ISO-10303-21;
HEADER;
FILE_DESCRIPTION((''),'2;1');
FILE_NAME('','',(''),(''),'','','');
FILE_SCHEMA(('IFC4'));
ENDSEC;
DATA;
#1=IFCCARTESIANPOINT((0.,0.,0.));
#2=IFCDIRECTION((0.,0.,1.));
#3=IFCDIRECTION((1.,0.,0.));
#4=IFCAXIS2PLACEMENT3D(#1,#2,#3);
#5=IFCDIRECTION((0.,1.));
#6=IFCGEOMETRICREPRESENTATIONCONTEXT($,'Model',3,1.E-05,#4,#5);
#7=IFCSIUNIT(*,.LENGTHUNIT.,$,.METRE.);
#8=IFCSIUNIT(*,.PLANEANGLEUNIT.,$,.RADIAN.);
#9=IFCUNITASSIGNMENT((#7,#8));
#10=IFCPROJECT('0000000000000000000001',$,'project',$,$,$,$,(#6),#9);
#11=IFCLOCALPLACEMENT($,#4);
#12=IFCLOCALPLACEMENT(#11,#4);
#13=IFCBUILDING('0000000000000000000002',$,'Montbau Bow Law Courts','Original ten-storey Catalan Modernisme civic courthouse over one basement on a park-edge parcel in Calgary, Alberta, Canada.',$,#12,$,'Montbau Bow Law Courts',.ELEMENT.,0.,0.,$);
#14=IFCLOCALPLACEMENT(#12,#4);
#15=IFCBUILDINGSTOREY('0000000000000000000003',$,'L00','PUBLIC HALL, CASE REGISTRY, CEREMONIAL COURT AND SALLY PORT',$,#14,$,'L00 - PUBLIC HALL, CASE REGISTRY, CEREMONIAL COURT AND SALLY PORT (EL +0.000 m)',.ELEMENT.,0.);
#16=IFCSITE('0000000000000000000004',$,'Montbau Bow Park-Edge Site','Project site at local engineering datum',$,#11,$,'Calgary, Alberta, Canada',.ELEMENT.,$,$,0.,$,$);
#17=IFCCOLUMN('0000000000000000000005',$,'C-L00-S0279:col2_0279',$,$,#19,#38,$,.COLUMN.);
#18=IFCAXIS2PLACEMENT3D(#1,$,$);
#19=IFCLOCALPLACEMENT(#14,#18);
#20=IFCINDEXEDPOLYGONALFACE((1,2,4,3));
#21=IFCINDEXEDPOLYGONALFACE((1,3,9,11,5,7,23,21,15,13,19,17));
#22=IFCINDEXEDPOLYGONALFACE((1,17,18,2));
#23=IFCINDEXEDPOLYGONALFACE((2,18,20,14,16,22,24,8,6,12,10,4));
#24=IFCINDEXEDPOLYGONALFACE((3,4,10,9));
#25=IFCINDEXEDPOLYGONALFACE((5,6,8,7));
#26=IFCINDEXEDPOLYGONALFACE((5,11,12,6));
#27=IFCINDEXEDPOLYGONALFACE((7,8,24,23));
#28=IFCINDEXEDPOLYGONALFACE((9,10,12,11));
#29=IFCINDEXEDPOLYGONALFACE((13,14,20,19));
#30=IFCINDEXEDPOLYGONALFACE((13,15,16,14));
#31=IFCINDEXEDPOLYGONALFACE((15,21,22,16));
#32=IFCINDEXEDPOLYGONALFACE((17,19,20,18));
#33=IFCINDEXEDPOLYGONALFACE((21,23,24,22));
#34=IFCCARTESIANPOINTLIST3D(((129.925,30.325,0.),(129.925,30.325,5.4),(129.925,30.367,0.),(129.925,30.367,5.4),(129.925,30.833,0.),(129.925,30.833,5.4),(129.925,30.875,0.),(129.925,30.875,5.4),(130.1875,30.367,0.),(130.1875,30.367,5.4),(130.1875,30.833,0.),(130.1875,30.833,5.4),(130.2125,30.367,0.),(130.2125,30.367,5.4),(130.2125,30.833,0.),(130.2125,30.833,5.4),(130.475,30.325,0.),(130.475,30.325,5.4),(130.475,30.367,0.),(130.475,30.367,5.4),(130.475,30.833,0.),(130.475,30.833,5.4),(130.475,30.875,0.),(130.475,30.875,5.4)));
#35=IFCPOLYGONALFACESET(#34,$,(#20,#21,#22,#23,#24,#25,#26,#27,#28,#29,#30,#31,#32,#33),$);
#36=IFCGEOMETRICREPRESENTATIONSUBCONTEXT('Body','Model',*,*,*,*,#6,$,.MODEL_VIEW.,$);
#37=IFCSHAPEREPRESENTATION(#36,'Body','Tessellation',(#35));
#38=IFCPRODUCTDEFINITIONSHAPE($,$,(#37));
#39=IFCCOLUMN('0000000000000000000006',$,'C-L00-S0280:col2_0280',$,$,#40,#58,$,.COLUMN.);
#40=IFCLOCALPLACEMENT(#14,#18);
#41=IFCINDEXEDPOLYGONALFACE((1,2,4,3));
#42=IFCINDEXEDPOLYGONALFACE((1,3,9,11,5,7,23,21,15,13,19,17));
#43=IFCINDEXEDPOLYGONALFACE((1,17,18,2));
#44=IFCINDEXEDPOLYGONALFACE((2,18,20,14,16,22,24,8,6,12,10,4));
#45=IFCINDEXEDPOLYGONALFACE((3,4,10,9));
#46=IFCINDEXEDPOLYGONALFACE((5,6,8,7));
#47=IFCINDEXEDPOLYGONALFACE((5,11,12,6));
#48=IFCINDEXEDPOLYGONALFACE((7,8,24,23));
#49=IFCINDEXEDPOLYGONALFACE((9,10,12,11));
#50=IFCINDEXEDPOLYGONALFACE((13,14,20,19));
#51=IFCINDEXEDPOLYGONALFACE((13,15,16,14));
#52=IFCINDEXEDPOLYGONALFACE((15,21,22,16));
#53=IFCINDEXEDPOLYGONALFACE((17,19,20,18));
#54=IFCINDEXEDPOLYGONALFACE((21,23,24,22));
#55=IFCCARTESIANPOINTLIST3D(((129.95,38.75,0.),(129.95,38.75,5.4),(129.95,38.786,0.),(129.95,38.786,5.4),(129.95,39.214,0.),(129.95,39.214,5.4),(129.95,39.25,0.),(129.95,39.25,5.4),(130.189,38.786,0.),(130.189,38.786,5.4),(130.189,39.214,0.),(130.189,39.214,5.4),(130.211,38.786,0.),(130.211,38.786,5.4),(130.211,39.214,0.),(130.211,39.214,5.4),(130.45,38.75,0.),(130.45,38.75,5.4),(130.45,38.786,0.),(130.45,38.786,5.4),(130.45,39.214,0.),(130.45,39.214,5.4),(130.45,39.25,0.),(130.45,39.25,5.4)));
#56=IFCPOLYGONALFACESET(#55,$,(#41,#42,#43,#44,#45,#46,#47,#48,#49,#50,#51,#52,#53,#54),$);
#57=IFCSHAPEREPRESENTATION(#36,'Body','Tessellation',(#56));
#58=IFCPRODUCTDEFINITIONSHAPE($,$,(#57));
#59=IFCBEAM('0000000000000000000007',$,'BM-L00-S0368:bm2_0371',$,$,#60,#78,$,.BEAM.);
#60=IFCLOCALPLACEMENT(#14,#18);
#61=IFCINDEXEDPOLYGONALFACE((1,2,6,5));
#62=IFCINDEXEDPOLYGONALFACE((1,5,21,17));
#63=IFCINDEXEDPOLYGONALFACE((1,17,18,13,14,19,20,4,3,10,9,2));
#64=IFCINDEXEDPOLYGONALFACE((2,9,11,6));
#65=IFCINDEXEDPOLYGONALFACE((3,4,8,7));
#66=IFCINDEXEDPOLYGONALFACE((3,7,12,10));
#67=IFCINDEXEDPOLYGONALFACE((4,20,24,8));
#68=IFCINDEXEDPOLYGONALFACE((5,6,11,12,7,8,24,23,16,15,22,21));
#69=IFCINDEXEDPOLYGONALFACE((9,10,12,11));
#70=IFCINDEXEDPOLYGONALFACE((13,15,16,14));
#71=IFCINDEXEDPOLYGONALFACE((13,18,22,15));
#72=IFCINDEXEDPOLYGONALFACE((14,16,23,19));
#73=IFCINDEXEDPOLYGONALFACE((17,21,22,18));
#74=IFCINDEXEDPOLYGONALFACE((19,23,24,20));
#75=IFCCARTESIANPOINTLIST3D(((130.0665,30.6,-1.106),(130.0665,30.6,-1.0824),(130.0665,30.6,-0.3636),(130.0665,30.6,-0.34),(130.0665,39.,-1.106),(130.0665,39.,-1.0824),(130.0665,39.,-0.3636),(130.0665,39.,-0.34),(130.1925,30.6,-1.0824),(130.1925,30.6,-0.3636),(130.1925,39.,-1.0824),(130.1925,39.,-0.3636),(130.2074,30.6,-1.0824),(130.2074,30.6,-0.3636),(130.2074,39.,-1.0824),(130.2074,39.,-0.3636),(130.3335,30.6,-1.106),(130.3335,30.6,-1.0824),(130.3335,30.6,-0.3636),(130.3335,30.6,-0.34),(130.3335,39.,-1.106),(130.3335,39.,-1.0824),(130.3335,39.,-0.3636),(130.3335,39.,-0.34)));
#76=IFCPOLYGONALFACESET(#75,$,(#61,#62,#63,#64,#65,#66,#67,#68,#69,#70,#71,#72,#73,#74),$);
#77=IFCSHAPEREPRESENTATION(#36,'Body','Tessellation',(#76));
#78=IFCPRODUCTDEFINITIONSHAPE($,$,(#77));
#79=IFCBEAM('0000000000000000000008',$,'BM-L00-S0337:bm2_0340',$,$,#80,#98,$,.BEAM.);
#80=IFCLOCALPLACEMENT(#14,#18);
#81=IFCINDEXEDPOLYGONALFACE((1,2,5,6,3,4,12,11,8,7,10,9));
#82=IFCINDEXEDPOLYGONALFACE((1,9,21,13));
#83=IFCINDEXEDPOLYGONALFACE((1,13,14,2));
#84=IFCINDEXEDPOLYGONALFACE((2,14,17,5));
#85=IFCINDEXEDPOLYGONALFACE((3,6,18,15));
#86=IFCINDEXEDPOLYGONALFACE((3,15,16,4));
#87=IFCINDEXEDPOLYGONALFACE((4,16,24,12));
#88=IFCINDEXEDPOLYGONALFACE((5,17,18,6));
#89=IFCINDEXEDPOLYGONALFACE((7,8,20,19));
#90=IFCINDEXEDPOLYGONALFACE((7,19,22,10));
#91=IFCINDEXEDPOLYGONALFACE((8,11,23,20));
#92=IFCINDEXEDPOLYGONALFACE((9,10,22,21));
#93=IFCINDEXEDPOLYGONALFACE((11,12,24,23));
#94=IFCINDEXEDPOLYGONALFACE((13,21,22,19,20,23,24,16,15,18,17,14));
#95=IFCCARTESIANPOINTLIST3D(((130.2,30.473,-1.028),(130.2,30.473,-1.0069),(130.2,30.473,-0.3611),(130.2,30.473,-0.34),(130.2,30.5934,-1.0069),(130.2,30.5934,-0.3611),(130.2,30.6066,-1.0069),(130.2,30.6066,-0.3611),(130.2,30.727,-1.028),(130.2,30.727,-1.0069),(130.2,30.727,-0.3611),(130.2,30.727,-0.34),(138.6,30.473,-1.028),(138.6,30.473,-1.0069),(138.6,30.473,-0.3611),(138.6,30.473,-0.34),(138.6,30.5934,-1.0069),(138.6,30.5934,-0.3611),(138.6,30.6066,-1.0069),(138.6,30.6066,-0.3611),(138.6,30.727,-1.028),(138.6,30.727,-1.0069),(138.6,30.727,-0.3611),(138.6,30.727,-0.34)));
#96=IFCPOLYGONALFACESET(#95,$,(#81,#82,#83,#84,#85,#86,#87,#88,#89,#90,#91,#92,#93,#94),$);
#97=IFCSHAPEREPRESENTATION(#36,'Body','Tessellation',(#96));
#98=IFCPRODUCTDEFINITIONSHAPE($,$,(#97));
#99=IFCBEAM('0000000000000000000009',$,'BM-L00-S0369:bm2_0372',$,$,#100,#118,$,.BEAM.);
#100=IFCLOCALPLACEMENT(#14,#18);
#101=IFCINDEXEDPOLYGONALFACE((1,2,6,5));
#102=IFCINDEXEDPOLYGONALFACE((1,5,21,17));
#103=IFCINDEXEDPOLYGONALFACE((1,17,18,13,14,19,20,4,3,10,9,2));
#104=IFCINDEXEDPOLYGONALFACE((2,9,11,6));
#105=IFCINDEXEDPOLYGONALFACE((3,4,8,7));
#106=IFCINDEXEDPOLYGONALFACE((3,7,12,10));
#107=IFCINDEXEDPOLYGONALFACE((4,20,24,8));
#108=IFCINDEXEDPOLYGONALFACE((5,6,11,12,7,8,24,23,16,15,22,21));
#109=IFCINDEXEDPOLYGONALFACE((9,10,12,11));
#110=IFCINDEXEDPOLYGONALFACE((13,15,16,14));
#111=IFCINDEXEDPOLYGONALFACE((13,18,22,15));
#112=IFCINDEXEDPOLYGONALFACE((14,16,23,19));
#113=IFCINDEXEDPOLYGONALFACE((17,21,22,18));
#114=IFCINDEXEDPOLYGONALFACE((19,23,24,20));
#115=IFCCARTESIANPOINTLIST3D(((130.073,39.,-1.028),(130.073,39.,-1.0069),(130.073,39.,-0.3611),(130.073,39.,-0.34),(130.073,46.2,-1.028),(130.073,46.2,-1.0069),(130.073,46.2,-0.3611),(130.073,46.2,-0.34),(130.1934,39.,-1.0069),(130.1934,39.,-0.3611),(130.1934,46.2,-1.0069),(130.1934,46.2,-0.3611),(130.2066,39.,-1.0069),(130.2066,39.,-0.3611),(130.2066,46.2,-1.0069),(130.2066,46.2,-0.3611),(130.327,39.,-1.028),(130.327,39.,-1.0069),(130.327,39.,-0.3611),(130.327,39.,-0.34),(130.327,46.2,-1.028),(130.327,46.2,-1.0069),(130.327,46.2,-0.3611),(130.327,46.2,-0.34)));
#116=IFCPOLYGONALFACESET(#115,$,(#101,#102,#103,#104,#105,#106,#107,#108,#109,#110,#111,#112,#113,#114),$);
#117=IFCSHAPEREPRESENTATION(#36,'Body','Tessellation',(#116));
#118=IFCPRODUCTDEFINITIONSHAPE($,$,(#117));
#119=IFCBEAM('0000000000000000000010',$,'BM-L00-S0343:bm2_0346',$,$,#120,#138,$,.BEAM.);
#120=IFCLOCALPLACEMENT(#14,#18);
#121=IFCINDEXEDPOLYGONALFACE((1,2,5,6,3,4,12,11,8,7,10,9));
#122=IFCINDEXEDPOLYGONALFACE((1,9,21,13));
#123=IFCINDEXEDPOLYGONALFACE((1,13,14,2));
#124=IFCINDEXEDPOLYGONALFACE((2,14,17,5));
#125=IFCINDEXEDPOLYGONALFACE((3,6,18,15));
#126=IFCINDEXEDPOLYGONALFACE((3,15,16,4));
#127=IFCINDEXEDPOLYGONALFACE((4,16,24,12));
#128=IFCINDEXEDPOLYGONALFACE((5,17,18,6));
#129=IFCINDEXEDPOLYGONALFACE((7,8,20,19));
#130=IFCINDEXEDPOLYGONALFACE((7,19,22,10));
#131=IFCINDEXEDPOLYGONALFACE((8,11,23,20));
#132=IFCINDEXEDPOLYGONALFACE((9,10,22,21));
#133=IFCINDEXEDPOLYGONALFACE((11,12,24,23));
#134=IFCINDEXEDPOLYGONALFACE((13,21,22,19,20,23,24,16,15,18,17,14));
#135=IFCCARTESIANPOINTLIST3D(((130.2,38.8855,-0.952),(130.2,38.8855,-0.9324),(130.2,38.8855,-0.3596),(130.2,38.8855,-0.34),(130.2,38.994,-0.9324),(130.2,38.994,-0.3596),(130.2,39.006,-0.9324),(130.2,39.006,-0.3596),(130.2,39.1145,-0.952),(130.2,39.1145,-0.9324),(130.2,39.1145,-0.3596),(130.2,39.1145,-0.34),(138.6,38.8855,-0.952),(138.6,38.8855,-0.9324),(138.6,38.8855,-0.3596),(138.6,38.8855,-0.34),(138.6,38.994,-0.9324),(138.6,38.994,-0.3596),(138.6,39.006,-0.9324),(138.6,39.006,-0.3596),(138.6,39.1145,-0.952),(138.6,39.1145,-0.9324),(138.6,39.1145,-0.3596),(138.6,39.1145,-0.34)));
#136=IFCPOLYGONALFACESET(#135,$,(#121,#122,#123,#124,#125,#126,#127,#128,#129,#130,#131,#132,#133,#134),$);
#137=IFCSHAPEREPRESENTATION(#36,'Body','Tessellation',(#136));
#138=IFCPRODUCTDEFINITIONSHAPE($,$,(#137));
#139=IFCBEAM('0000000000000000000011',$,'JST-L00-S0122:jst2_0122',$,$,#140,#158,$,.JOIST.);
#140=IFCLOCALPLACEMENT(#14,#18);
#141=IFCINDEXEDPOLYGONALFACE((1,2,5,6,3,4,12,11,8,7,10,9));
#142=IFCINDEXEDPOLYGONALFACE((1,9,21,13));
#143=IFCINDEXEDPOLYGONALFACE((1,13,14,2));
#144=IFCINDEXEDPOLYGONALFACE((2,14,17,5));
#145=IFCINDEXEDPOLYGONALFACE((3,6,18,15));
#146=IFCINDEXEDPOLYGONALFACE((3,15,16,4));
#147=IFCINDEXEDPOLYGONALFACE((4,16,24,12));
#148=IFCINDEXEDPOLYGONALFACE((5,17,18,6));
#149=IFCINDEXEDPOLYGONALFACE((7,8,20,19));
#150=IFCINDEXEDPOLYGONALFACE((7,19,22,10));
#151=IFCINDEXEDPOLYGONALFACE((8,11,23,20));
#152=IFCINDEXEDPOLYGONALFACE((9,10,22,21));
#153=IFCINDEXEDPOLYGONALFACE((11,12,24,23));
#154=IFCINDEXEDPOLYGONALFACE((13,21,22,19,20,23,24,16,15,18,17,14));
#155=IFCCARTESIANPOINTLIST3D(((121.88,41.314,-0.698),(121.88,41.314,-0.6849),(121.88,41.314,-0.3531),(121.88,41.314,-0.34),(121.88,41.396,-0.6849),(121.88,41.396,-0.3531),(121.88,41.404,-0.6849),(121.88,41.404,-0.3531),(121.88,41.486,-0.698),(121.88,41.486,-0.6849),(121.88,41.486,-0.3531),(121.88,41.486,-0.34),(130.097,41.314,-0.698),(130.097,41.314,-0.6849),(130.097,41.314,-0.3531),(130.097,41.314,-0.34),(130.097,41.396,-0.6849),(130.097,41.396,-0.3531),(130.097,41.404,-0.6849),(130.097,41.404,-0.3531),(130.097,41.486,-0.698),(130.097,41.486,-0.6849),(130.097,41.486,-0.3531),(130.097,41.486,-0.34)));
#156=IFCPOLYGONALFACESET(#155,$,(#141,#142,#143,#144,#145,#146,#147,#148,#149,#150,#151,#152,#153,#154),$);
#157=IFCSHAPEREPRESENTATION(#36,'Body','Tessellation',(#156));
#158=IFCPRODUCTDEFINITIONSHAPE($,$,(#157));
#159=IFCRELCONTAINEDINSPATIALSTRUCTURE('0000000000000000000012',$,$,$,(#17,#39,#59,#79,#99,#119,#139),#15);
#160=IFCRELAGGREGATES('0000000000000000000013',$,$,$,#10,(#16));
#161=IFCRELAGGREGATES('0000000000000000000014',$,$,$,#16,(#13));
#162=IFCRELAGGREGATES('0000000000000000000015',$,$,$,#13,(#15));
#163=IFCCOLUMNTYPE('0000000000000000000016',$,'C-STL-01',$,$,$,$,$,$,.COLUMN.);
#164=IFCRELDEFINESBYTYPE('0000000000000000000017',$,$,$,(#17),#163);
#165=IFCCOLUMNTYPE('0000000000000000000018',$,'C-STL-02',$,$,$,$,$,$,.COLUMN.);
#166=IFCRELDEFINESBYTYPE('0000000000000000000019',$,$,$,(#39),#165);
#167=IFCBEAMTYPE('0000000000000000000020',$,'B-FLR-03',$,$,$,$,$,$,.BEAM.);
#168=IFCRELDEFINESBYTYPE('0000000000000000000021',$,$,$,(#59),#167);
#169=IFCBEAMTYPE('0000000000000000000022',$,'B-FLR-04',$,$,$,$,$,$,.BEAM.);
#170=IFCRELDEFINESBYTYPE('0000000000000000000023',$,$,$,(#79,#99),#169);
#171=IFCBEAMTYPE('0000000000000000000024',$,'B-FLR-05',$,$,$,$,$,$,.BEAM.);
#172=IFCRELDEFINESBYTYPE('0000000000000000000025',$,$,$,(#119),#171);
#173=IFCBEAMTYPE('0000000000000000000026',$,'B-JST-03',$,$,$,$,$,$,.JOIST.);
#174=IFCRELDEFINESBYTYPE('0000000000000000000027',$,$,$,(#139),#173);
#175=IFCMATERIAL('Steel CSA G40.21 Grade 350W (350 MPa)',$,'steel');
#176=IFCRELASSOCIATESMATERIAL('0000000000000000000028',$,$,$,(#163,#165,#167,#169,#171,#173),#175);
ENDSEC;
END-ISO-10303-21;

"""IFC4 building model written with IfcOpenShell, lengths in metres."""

from ifc_helpers import new_model, si_unit, direction, frame, origin_with_axes, origin_2d_with_axis, place, context, subcontext, project, spatial, i_section, extrude, material, material_profile, profile_set, type_object, element, save


model = new_model("IFC4")

# Units and contexts
model_context = context("Model", 3, precision=1e-05, world=origin_with_axes(), true_north=direction((0.0, 1.0)))
body_context = subcontext(model_context, "Body", "Model", "MODEL_VIEW")
ifc_project = project(units=[si_unit("LENGTHUNIT", "METRE"), si_unit("PLANEANGLEUNIT", "RADIAN")], contexts=[model_context])

# Site, building, storey
site_placement = place(None, origin_with_axes())
site = spatial("IfcSite", under=ifc_project, at=site_placement, Name="Montbau Bow Park-Edge Site", Description="Project site at local engineering datum", LongName="Calgary, Alberta, Canada", CompositionType="ELEMENT", RefElevation=0.0)
building_placement = place(site_placement, origin_with_axes())
building = spatial("IfcBuilding", under=site, at=building_placement, Name="Montbau Bow Law Courts", Description="Original ten-storey Catalan Modernisme civic courthouse over one basement on a park-edge parcel in Calgary, Alberta, Canada.", LongName="Montbau Bow Law Courts", CompositionType="ELEMENT", ElevationOfRefHeight=0.0, ElevationOfTerrain=0.0)
storey_placement = place(building_placement, origin_with_axes())
storey = spatial("IfcBuildingStorey", under=building, at=storey_placement, Name="L00", Description="PUBLIC HALL, CASE REGISTRY, CEREMONIAL COURT AND SALLY PORT", LongName="L00 - PUBLIC HALL, CASE REGISTRY, CEREMONIAL COURT AND SALLY PORT (EL +0.000 m)", CompositionType="ELEMENT", Elevation=0.0)

# Columns
ifc_material_1 = material(Name="Steel CSA G40.21 Grade 350W (350 MPa)", Category="steel")
ifc_material_profile_1 = material_profile(ifc_material_1, i_section(OverallWidth=0.55, OverallDepth=0.55, WebThickness=0.025, FlangeThickness=0.042, at=origin_2d_with_axis()), Name="WWF550X420", Category="Main", Priority=0)
ifc_profile_set_1 = profile_set([ifc_material_profile_1], Name="Steel CSA G40.21 Grade 350W (350 MPa)")
column_type_1 = type_object("IfcColumnType", Name="C-STL-01", PredefinedType="COLUMN", material=ifc_profile_set_1)
column_1_placement = place(None, frame((130.2, 30.6, 0.0), z_axis=(0.0, 0.0, 1.0), x_axis=(1.0, 0.0, 0.0)))
element("IfcColumn", 1, at=column_1_placement, inside=storey, type_object=column_type_1, Name="C-L00-S0279:col2_0279", PredefinedType="COLUMN", context=body_context, shape_type="SweptSolid", body=[
    extrude(i_section(OverallWidth=0.55, OverallDepth=0.55, WebThickness=0.025, FlangeThickness=0.042, at=origin_2d_with_axis()), origin_with_axes(), (0.0, 0.0, 1.0), 5.4),
])
ifc_material_profile_2 = material_profile(ifc_material_1, i_section(OverallWidth=0.5, OverallDepth=0.5, WebThickness=0.022, FlangeThickness=0.036, at=origin_2d_with_axis()), Name="WWF500X343", Category="Main", Priority=0)
ifc_profile_set_2 = profile_set([ifc_material_profile_2], Name="Steel CSA G40.21 Grade 350W (350 MPa)")
column_type_2 = type_object("IfcColumnType", Name="C-STL-02", PredefinedType="COLUMN", material=ifc_profile_set_2)
column_2_placement = place(None, frame((130.2, 39.0, 0.0), z_axis=(0.0, 0.0, 1.0), x_axis=(1.0, 0.0, 0.0)))
element("IfcColumn", 2, at=column_2_placement, inside=storey, type_object=column_type_2, Name="C-L00-S0280:col2_0280", PredefinedType="COLUMN", context=body_context, shape_type="SweptSolid", body=[
    extrude(i_section(OverallWidth=0.5, OverallDepth=0.5, WebThickness=0.022, FlangeThickness=0.036, at=origin_2d_with_axis()), origin_with_axes(), (0.0, 0.0, 1.0), 5.4),
])

# Beams
ifc_material_profile_3 = material_profile(ifc_material_1, i_section(OverallWidth=0.267, OverallDepth=0.766, WebThickness=0.0149, FlangeThickness=0.0236, at=origin_2d_with_axis()), Name="W760X185", Category="Main", Priority=0)
ifc_profile_set_3 = profile_set([ifc_material_profile_3], Name="Steel CSA G40.21 Grade 350W (350 MPa)")
beam_type_1 = type_object("IfcBeamType", Name="B-FLR-03", PredefinedType="BEAM", material=ifc_profile_set_3)
beam_1_placement = place(None, frame((130.2, 30.6, -0.723), z_axis=(0.0, 1.0, 0.0), x_axis=(-1.0, 0.0, 0.0)))
element("IfcBeam", 3, at=beam_1_placement, inside=storey, type_object=beam_type_1, Name="BM-L00-S0368:bm2_0371", PredefinedType="BEAM", context=body_context, shape_type="SweptSolid", body=[
    extrude(i_section(OverallWidth=0.267, OverallDepth=0.766, WebThickness=0.0149, FlangeThickness=0.0236, at=origin_2d_with_axis()), origin_with_axes(), (0.0, 0.0, 1.0), 8.4),
])
ifc_material_profile_4 = material_profile(ifc_material_1, i_section(OverallWidth=0.254, OverallDepth=0.688, WebThickness=0.0131, FlangeThickness=0.0211, at=origin_2d_with_axis()), Name="W690X152", Category="Main", Priority=0)
ifc_profile_set_4 = profile_set([ifc_material_profile_4], Name="Steel CSA G40.21 Grade 350W (350 MPa)")
beam_type_2 = type_object("IfcBeamType", Name="B-FLR-04", PredefinedType="BEAM", material=ifc_profile_set_4)
beam_2_placement = place(None, frame((130.2, 30.6, -0.684), z_axis=(1.0, 0.0, 0.0), x_axis=(0.0, 1.0, 0.0)))
element("IfcBeam", 4, at=beam_2_placement, inside=storey, type_object=beam_type_2, Name="BM-L00-S0337:bm2_0340", PredefinedType="BEAM", context=body_context, shape_type="SweptSolid", body=[
    extrude(i_section(OverallWidth=0.254, OverallDepth=0.688, WebThickness=0.0131, FlangeThickness=0.0211, at=origin_2d_with_axis()), origin_with_axes(), (0.0, 0.0, 1.0), 8.4),
])
beam_3_placement = place(None, frame((130.2, 39.0, -0.684), z_axis=(0.0, 1.0, 0.0), x_axis=(-1.0, 0.0, 0.0)))
element("IfcBeam", 5, at=beam_3_placement, inside=storey, type_object=beam_type_2, Name="BM-L00-S0369:bm2_0372", PredefinedType="BEAM", context=body_context, shape_type="SweptSolid", body=[
    extrude(i_section(OverallWidth=0.254, OverallDepth=0.688, WebThickness=0.0131, FlangeThickness=0.0211, at=origin_2d_with_axis()), origin_with_axes(), (0.0, 0.0, 1.0), 7.2),
])
ifc_material_profile_5 = material_profile(ifc_material_1, i_section(OverallWidth=0.229, OverallDepth=0.612, WebThickness=0.0119, FlangeThickness=0.0196, at=origin_2d_with_axis()), Name="W610X125", Category="Main", Priority=0)
ifc_profile_set_5 = profile_set([ifc_material_profile_5], Name="Steel CSA G40.21 Grade 350W (350 MPa)")
beam_type_3 = type_object("IfcBeamType", Name="B-FLR-05", PredefinedType="BEAM", material=ifc_profile_set_5)
beam_4_placement = place(None, frame((130.2, 39.0, -0.646), z_axis=(1.0, 0.0, 0.0), x_axis=(0.0, 1.0, 0.0)))
element("IfcBeam", 6, at=beam_4_placement, inside=storey, type_object=beam_type_3, Name="BM-L00-S0343:bm2_0346", PredefinedType="BEAM", context=body_context, shape_type="SweptSolid", body=[
    extrude(i_section(OverallWidth=0.229, OverallDepth=0.612, WebThickness=0.0119, FlangeThickness=0.0196, at=origin_2d_with_axis()), origin_with_axes(), (0.0, 0.0, 1.0), 8.4),
])
ifc_material_profile_6 = material_profile(ifc_material_1, i_section(OverallWidth=0.172, OverallDepth=0.358, WebThickness=0.0079, FlangeThickness=0.0131, at=origin_2d_with_axis()), Name="W360X57", Category="Main", Priority=0)
ifc_profile_set_6 = profile_set([ifc_material_profile_6], Name="Steel CSA G40.21 Grade 350W (350 MPa)")
beam_type_4 = type_object("IfcBeamType", Name="B-JST-03", PredefinedType="JOIST", material=ifc_profile_set_6)
beam_5_placement = place(None, frame((121.88, 41.4, -0.519), z_axis=(1.0, 0.0, 0.0), x_axis=(0.0, 1.0, 0.0)))
element("IfcBeam", 7, at=beam_5_placement, inside=storey, type_object=beam_type_4, Name="JST-L00-S0122:jst2_0122", PredefinedType="JOIST", context=body_context, shape_type="SweptSolid", body=[
    extrude(i_section(OverallWidth=0.172, OverallDepth=0.358, WebThickness=0.0079, FlangeThickness=0.0131, at=origin_2d_with_axis()), origin_with_axes(), (0.0, 0.0, 1.0), 8.217),
])

save(model, "model.ifc")
